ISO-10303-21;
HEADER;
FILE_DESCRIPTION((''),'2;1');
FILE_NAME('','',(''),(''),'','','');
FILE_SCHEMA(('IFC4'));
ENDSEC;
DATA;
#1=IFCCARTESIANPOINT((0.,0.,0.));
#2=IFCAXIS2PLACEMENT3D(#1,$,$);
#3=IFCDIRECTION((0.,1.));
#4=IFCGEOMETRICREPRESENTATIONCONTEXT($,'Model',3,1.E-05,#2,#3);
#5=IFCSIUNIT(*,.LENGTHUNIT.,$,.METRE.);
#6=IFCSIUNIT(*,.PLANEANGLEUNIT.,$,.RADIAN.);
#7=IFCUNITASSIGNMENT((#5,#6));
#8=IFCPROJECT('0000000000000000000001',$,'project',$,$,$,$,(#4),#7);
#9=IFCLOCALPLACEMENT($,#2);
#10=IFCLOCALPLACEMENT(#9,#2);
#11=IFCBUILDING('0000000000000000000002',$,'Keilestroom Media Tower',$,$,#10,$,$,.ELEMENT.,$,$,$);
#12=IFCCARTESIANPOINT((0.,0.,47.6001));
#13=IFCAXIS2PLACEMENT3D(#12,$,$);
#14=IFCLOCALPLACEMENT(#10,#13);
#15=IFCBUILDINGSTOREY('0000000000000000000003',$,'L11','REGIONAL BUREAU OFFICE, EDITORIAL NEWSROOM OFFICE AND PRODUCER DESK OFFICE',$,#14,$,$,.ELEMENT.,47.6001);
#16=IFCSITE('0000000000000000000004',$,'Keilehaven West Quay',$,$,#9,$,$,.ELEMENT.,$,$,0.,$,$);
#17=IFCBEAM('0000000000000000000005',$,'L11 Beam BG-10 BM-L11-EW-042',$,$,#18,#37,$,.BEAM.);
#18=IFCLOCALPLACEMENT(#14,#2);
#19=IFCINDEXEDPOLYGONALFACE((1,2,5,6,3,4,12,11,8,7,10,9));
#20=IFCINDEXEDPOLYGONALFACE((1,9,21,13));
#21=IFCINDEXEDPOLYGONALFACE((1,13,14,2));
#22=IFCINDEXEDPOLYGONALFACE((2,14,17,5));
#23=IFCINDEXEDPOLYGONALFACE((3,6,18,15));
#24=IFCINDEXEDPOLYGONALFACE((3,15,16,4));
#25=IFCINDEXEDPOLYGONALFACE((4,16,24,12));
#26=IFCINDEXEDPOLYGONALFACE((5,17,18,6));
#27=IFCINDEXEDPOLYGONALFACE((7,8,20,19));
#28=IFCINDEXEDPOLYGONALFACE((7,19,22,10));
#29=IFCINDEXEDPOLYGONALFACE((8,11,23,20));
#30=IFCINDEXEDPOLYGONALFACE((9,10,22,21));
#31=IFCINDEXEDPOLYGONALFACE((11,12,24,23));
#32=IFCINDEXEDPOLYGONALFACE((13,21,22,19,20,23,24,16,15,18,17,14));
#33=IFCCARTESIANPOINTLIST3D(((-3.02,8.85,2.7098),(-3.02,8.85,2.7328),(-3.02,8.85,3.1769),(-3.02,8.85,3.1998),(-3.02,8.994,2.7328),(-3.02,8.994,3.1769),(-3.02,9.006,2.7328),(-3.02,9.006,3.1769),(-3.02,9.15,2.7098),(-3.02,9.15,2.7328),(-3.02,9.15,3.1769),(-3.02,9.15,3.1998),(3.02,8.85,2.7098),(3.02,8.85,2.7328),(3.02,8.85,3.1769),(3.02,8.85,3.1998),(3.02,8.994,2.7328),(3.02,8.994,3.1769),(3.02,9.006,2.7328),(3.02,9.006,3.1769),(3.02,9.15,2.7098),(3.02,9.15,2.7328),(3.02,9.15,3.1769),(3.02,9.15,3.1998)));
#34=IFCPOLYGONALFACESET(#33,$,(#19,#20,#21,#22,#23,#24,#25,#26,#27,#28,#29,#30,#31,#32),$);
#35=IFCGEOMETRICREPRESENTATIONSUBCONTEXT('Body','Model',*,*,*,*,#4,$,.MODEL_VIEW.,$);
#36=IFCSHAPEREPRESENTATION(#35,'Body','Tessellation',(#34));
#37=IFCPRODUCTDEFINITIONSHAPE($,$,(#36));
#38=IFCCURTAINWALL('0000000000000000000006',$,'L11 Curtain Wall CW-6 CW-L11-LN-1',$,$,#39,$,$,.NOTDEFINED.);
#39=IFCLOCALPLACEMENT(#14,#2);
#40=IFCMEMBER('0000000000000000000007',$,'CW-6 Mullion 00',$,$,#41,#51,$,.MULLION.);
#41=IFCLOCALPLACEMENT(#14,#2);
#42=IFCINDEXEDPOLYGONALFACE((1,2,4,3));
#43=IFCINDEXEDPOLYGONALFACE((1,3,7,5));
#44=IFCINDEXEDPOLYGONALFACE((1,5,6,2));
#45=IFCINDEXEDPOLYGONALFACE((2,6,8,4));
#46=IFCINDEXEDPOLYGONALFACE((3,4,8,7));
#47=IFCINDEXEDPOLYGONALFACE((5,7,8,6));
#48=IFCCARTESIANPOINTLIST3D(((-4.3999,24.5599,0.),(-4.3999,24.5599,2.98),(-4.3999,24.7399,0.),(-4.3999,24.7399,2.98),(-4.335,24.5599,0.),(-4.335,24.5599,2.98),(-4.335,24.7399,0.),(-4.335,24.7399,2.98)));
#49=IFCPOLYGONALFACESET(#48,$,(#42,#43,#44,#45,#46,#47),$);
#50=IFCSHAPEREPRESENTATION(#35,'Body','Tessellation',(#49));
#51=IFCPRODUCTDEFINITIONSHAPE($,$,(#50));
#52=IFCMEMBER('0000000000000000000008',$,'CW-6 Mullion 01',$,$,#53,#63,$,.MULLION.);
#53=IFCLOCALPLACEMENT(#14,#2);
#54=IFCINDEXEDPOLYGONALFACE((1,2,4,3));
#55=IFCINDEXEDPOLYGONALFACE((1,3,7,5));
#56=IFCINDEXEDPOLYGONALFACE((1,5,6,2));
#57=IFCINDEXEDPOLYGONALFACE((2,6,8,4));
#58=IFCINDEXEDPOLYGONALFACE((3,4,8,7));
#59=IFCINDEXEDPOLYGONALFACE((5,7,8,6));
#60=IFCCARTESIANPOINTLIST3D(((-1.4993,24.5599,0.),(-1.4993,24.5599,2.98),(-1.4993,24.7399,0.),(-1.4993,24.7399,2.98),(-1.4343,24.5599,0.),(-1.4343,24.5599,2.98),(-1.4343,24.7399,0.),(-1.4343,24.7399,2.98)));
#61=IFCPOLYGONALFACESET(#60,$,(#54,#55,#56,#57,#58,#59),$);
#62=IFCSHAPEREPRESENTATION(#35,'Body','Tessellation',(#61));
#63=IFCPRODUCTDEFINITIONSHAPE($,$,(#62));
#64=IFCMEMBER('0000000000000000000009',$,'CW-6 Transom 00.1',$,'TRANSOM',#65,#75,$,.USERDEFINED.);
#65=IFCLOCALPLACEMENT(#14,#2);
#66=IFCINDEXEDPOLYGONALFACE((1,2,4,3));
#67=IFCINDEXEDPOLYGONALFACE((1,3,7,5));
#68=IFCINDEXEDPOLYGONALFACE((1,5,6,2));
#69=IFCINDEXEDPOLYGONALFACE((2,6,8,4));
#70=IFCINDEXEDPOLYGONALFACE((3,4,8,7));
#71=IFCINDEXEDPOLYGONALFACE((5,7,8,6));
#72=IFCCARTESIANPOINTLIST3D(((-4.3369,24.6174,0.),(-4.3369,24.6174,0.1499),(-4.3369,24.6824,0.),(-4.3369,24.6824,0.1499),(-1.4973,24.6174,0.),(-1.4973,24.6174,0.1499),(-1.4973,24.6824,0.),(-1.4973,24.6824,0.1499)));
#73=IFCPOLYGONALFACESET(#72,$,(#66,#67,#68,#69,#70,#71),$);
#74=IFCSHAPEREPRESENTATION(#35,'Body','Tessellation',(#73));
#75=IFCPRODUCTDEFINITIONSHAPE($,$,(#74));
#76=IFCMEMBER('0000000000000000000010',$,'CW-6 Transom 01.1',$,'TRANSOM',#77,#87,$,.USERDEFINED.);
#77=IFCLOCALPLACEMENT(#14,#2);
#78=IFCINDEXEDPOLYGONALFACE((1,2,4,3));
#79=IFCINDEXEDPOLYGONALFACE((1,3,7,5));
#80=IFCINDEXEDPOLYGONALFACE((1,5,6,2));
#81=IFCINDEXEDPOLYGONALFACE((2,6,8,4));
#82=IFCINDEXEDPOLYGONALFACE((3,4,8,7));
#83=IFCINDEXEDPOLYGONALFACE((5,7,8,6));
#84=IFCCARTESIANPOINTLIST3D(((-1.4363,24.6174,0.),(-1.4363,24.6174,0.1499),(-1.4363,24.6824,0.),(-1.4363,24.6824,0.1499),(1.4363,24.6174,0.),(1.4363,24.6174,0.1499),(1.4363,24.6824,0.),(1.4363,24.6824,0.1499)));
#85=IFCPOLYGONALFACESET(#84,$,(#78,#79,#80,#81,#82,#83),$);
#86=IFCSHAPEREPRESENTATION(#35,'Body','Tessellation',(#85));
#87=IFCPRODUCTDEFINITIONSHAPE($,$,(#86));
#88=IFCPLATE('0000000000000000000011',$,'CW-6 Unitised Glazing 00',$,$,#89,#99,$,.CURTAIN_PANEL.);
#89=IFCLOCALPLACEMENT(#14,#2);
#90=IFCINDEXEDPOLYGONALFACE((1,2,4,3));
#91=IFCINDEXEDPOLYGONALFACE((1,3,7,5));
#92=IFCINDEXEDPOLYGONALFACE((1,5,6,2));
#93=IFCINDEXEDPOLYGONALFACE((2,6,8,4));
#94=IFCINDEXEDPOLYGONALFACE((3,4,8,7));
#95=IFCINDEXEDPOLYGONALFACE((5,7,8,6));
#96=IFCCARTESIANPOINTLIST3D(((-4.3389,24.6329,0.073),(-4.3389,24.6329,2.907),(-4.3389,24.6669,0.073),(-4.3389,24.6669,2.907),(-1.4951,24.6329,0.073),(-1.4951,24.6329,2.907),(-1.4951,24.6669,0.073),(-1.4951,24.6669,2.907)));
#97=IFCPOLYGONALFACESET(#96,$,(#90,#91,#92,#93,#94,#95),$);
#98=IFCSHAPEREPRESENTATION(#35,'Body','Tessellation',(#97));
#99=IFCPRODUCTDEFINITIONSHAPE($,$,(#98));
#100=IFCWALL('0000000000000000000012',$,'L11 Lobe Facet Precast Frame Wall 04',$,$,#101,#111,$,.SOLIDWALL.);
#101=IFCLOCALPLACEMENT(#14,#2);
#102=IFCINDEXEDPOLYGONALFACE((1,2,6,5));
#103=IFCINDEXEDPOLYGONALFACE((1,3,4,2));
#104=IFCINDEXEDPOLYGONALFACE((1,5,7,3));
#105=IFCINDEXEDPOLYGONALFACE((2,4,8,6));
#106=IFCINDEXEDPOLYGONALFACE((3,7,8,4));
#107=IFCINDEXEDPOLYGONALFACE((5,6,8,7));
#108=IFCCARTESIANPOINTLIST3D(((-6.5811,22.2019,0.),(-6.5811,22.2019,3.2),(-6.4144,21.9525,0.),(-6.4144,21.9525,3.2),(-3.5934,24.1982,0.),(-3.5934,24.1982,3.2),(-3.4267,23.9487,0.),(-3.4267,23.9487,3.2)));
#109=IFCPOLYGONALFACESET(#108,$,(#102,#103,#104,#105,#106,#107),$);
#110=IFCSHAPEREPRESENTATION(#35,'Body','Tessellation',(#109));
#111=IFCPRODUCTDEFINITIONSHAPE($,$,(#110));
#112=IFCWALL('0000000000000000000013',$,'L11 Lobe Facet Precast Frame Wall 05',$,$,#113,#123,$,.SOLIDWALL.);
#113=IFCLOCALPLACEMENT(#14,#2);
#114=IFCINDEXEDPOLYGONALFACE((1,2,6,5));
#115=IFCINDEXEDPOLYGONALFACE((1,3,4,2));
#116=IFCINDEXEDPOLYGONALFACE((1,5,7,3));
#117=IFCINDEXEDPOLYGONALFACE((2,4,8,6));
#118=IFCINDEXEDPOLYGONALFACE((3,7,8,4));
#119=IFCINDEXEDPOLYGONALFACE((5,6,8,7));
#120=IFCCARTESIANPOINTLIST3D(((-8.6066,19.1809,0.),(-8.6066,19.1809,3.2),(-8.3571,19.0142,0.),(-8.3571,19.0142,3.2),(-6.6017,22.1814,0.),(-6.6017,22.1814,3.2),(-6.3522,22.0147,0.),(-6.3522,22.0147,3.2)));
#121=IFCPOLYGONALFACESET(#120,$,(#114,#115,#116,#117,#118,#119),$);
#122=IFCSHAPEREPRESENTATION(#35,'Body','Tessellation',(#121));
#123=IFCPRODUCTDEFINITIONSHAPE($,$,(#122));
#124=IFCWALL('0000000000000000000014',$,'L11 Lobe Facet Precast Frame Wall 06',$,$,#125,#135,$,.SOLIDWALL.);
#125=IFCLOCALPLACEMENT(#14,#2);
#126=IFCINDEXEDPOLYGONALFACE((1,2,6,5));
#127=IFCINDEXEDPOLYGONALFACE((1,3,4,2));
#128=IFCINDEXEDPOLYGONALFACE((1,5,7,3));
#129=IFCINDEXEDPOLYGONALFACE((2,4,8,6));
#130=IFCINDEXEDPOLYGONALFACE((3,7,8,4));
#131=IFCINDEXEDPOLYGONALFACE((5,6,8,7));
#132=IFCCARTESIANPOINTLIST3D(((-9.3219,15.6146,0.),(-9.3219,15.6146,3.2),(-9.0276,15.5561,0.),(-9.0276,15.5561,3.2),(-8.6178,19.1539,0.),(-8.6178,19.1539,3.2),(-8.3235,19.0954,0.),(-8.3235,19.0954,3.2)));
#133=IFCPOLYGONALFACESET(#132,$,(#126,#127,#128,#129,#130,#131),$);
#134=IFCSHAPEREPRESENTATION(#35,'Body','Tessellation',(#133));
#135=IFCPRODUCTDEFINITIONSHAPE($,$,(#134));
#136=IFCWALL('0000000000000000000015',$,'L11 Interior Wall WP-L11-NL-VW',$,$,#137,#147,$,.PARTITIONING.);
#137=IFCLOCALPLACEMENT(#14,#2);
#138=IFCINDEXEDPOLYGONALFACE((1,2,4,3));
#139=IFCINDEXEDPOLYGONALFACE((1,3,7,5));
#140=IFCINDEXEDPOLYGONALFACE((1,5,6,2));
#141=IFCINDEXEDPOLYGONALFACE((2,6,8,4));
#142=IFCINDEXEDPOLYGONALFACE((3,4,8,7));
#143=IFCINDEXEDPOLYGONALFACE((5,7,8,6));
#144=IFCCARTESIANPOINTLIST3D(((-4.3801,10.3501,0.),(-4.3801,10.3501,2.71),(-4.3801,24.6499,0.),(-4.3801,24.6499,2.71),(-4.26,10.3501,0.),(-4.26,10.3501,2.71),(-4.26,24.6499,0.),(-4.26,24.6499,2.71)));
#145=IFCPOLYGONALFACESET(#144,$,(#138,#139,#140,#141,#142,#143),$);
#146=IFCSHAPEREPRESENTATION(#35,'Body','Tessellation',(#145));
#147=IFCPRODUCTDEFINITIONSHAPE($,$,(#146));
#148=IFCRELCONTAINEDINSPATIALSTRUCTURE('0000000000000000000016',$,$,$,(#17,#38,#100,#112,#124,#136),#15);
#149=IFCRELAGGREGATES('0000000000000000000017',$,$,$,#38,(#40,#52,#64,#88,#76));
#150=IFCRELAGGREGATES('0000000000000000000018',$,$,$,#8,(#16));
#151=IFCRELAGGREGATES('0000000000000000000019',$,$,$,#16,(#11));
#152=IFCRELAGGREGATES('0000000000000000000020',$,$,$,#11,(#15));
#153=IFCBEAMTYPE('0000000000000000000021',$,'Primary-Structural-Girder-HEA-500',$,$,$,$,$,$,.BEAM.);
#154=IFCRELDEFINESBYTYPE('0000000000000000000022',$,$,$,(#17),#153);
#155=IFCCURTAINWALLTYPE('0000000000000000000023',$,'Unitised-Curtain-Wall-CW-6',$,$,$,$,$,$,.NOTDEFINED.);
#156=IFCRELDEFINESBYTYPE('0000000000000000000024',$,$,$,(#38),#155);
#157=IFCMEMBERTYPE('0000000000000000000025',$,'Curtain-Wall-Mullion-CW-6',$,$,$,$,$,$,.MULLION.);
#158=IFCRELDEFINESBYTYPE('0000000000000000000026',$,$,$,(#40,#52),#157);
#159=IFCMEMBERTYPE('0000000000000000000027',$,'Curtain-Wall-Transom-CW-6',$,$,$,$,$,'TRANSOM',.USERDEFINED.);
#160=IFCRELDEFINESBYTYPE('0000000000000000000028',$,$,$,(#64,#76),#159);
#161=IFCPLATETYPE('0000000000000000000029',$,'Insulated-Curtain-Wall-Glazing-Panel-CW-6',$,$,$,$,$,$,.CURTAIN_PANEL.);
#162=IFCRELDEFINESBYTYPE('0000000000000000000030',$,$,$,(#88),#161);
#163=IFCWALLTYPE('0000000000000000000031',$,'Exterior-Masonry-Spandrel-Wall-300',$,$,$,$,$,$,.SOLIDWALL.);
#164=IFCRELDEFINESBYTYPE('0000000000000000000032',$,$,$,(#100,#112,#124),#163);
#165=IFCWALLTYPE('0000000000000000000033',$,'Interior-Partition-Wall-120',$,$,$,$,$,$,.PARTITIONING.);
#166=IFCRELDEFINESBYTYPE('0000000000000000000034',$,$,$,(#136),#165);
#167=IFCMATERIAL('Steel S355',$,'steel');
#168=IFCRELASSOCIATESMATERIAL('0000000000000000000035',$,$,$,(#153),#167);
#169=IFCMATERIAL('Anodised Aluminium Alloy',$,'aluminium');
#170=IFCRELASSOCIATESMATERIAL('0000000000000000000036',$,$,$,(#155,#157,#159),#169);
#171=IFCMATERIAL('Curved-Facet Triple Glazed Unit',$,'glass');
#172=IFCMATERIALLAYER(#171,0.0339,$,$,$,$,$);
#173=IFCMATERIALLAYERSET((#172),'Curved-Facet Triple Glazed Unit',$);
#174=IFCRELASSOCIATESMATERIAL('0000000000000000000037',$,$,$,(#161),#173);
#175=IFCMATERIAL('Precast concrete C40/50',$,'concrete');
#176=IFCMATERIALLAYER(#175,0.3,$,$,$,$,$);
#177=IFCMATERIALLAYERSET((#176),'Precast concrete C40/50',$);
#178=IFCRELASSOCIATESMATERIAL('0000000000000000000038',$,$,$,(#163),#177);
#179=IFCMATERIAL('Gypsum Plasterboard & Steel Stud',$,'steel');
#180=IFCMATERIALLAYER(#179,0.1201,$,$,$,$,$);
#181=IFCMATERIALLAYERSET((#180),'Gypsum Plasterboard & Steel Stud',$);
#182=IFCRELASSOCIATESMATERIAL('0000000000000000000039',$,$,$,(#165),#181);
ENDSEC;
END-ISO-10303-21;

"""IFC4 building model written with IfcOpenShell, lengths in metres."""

from ifc_helpers import new_model, si_unit, direction, frame, frame_2d, origin, origin_2d, place, context, subcontext, project, spatial, rectangle, i_section, extrude, source, transform, mapped, material, layer, layer_set, material_profile, profile_set, type_object, element, aggregate, save


model = new_model("IFC4")

# Units and contexts
model_context = context("Model", 3, precision=1e-05, world=origin(), true_north=direction((0.0, 1.0)))
body_context = subcontext(model_context, "Body", "Model", "MODEL_VIEW")
ifc_project = project(units=[si_unit("LENGTHUNIT", "METRE"), si_unit("PLANEANGLEUNIT", "RADIAN")], contexts=[model_context])

# Site, building, storey
site_placement = place(None, origin())
site = spatial("IfcSite", under=ifc_project, at=site_placement, Name="Keilehaven West Quay", CompositionType="ELEMENT", RefElevation=0.0)
building_placement = place(site_placement, origin())
building = spatial("IfcBuilding", under=site, at=building_placement, Name="Keilestroom Media Tower", CompositionType="ELEMENT")
storey_placement = place(building_placement, frame((0.0, 0.0, 47.6001)))
storey = spatial("IfcBuildingStorey", under=building, at=storey_placement, Name="L11", Description="REGIONAL BUREAU OFFICE, EDITORIAL NEWSROOM OFFICE AND PRODUCER DESK OFFICE", CompositionType="ELEMENT", Elevation=47.6001)

# Beam
ifc_material_1 = material(Name="Steel S355", Category="steel")
ifc_material_profile_1 = material_profile(ifc_material_1, i_section(OverallWidth=0.3, OverallDepth=0.49, WebThickness=0.012, FlangeThickness=0.0229, at=origin_2d()), Name="HEA 500")
ifc_profile_set_1 = profile_set([ifc_material_profile_1], Name="Steel S355")
beam_type = type_object("IfcBeamType", Name="Primary-Structural-Girder-HEA-500", PredefinedType="BEAM", material=ifc_profile_set_1)
shared_shape_1 = source(origin(), body_context, "Body", "SweptSolid", [
    extrude(i_section(OverallWidth=0.3, OverallDepth=0.49, WebThickness=0.012, FlangeThickness=0.0229, at=origin_2d()), origin(), (0.0, 0.0, 1.0), 6.04),
])
beam_1_placement = place(storey_placement, frame((-3.02, 9.0, 2.9548), z_axis=(1.0, 0.0, 0.0), x_axis=(0.0, 1.0, 0.0)))
element("IfcBeam", 1, at=beam_1_placement, inside=storey, type_object=beam_type, Name="L11 Beam BG-10 BM-L11-EW-042", PredefinedType="BEAM", context=body_context, shape_type="MappedRepresentation", body=[
    mapped(shared_shape_1, transform((0.0, 0.0, 0.0), x_axis=(1.0, 0.0, 0.0), y_axis=(0.0, 1.0, 0.0), z_axis=(0.0, 0.0, 1.0), scale=1.0)),
])

# Curtain wall, members, plate
ifc_material_2 = material(Name="Anodised Aluminium Alloy", Category="aluminium")
curtain_wall_type = type_object("IfcCurtainWallType", Name="Unitised-Curtain-Wall-CW-6", PredefinedType="NOTDEFINED", material=ifc_material_2)
curtain_wall_placement = place(storey_placement, origin())
curtain_wall = element("IfcCurtainWall", 2, at=curtain_wall_placement, inside=storey, type_object=curtain_wall_type, Name="L11 Curtain Wall CW-6 CW-L11-LN-1", PredefinedType="NOTDEFINED")
ifc_material_profile_2 = material_profile(ifc_material_2, rectangle(XDim=0.0649, YDim=0.1799, at=origin_2d()), Name="ALU MULLION 65x180")
ifc_profile_set_2 = profile_set([ifc_material_profile_2], Name="Anodised Aluminium Alloy")
member_type_1 = type_object("IfcMemberType", Name="Curtain-Wall-Mullion-CW-6", PredefinedType="MULLION", material=ifc_profile_set_2)
shared_shape_2 = source(origin(), body_context, "Body", "SweptSolid", [
    extrude(rectangle(XDim=0.0649, YDim=0.1799, at=origin_2d()), origin(), (0.0, 0.0, 1.0), 2.98),
])
member_1_placement = place(storey_placement, frame((-4.3674, 24.6499, 0.0), z_axis=(0.0, 0.0, 1.0), x_axis=(1.0, 0.0, 0.0)))
member_1 = element("IfcMember", 3, at=member_1_placement, type_object=member_type_1, Name="CW-6 Mullion 00", PredefinedType="MULLION", context=body_context, shape_type="MappedRepresentation", body=[
    mapped(shared_shape_2, transform((0.0, 0.0, 0.0), x_axis=(1.0, 0.0, 0.0), y_axis=(0.0, 1.0, 0.0), z_axis=(0.0, 0.0, 1.0), scale=1.0)),
])
member_2_placement = place(storey_placement, frame((-1.4668, 24.6499, 0.0), z_axis=(0.0, 0.0, 1.0), x_axis=(1.0, 0.0, 0.0)))
member_2 = element("IfcMember", 4, at=member_2_placement, type_object=member_type_1, Name="CW-6 Mullion 01", PredefinedType="MULLION", context=body_context, shape_type="MappedRepresentation", body=[
    mapped(shared_shape_2, transform((0.0, 0.0, 0.0), x_axis=(1.0, 0.0, 0.0), y_axis=(0.0, 1.0, 0.0), z_axis=(0.0, 0.0, 1.0), scale=1.0)),
])
ifc_material_profile_3 = material_profile(ifc_material_2, rectangle(XDim=0.0649, YDim=0.1499, at=origin_2d()), Name="ALU TRANSOM 65x150")
ifc_profile_set_3 = profile_set([ifc_material_profile_3], Name="Anodised Aluminium Alloy")
member_type_2 = type_object("IfcMemberType", Name="Curtain-Wall-Transom-CW-6", ElementType="TRANSOM", PredefinedType="USERDEFINED", material=ifc_profile_set_3)
shared_shape_3 = source(origin(), body_context, "Body", "SweptSolid", [
    extrude(rectangle(XDim=0.0649, YDim=0.1499, at=origin_2d()), origin(), (0.0, 0.0, 1.0), 2.8396),
])
member_3_placement = place(storey_placement, frame((-4.3369, 24.6499, 0.075), z_axis=(1.0, 0.0, 0.0), x_axis=(0.0, 1.0, 0.0)))
member_3 = element("IfcMember", 5, at=member_3_placement, type_object=member_type_2, Name="CW-6 Transom 00.1", ObjectType="TRANSOM", PredefinedType="USERDEFINED", context=body_context, shape_type="MappedRepresentation", body=[
    mapped(shared_shape_3, transform((0.0, 0.0, 0.0), x_axis=(1.0, 0.0, 0.0), y_axis=(0.0, 1.0, 0.0), z_axis=(0.0, 0.0, 1.0), scale=1.0)),
])
shared_shape_4 = source(origin(), body_context, "Body", "SweptSolid", [
    extrude(rectangle(XDim=0.0649, YDim=0.1499, at=origin_2d()), origin(), (0.0, 0.0, 1.0), 2.8726),
])
member_4_placement = place(storey_placement, frame((-1.4363, 24.6499, 0.075), z_axis=(1.0, 0.0, 0.0), x_axis=(0.0, 1.0, 0.0)))
member_4 = element("IfcMember", 6, at=member_4_placement, type_object=member_type_2, Name="CW-6 Transom 01.1", ObjectType="TRANSOM", PredefinedType="USERDEFINED", context=body_context, shape_type="MappedRepresentation", body=[
    mapped(shared_shape_4, transform((0.0, 0.0, 0.0), x_axis=(1.0, 0.0, 0.0), y_axis=(0.0, 1.0, 0.0), z_axis=(0.0, 0.0, 1.0), scale=1.0)),
])
ifc_material_3 = material(Name="Curved-Facet Triple Glazed Unit", Category="glass")
ifc_layer_1 = layer(ifc_material_3, 0.0339)
ifc_layer_set_1 = layer_set([ifc_layer_1], Name="Curved-Facet Triple Glazed Unit")
plate_type = type_object("IfcPlateType", Name="Insulated-Curtain-Wall-Glazing-Panel-CW-6", PredefinedType="CURTAIN_PANEL", material=ifc_layer_set_1)
shared_shape_5 = source(origin(), body_context, "Body", "SweptSolid", [
    extrude(rectangle(XDim=2.8438, YDim=0.0339, at=origin_2d()), origin(), (0.0, 0.0, 1.0), 2.834),
])
plate_placement = place(storey_placement, frame((-2.917, 24.6499, 0.073), z_axis=(0.0, 0.0, 1.0), x_axis=(1.0, 0.0, 0.0)))
plate = element("IfcPlate", 7, at=plate_placement, type_object=plate_type, Name="CW-6 Unitised Glazing 00", PredefinedType="CURTAIN_PANEL", context=body_context, shape_type="MappedRepresentation", body=[
    mapped(shared_shape_5, transform((0.0, 0.0, 0.0), x_axis=(1.0, 0.0, 0.0), y_axis=(0.0, 1.0, 0.0), z_axis=(0.0, 0.0, 1.0), scale=1.0)),
])
aggregate(curtain_wall, [member_1, member_2, member_3, plate, member_4])

# Walls
ifc_material_4 = material(Name="Precast concrete C40/50", Category="concrete")
ifc_layer_2 = layer(ifc_material_4, 0.3)
ifc_layer_set_2 = layer_set([ifc_layer_2], Name="Precast concrete C40/50")
wall_type_1 = type_object("IfcWallType", Name="Exterior-Masonry-Spandrel-Wall-300", PredefinedType="SOLIDWALL", material=ifc_layer_set_2)
wall_1_placement = place(storey_placement, frame((-3.51, 24.0735, 0.0), z_axis=(0.0, 0.0, 1.0), x_axis=(-0.831475, -0.555562, 0.0)))
element("IfcWall", 8, at=wall_1_placement, inside=storey, type_object=wall_type_1, Name="L11 Lobe Facet Precast Frame Wall 04", PredefinedType="SOLIDWALL", context=body_context, shape_type="SweptSolid", body=[
    extrude(rectangle(XDim=3.5933, YDim=0.3, at=frame_2d((1.7966, 0.0))), origin(), (0.0, 0.0, 1.0), 3.2),
])
for number, where, z_axis, x_axis, name in (
    (9, (-6.4771, 22.0979, 0.0), (0.0, 0.0, 1.0), (-0.555574, -0.831467, 0.0), "L11 Lobe Facet Precast Frame Wall 05"),
    (10, (-8.4707, 19.1245, 0.0), (0.0, 0.0, 1.0), (-0.195114, -0.980781, 0.0), "L11 Lobe Facet Precast Frame Wall 06"),
):
    element("IfcWall", number, at=place(storey_placement, frame(where, z_axis=z_axis, x_axis=x_axis)), inside=storey, type_object=wall_type_1, Name=name, PredefinedType="SOLIDWALL", context=body_context, shape_type="SweptSolid", body=[
        extrude(rectangle(XDim=3.6086, YDim=0.3, at=frame_2d((1.8042, 0.0))), origin(), (0.0, 0.0, 1.0), 3.2),
    ])
ifc_material_5 = material(Name="Gypsum Plasterboard & Steel Stud", Category="steel")
ifc_layer_3 = layer(ifc_material_5, 0.1201)
ifc_layer_set_3 = layer_set([ifc_layer_3], Name="Gypsum Plasterboard & Steel Stud")
wall_type_2 = type_object("IfcWallType", Name="Interior-Partition-Wall-120", PredefinedType="PARTITIONING", material=ifc_layer_set_3)
wall_2_placement = place(storey_placement, frame((-4.3201, 10.3501, 0.0), z_axis=(0.0, 0.0, 1.0), x_axis=(0.0, 1.0, 0.0)))
element("IfcWall", 11, at=wall_2_placement, inside=storey, type_object=wall_type_2, Name="L11 Interior Wall WP-L11-NL-VW", PredefinedType="PARTITIONING", context=body_context, shape_type="SweptSolid", body=[
    extrude(rectangle(XDim=14.2998, YDim=0.1201, at=frame_2d((7.1499, 0.0))), origin(), (0.0, 0.0, 1.0), 2.71),
])

save(model, "model.ifc")
